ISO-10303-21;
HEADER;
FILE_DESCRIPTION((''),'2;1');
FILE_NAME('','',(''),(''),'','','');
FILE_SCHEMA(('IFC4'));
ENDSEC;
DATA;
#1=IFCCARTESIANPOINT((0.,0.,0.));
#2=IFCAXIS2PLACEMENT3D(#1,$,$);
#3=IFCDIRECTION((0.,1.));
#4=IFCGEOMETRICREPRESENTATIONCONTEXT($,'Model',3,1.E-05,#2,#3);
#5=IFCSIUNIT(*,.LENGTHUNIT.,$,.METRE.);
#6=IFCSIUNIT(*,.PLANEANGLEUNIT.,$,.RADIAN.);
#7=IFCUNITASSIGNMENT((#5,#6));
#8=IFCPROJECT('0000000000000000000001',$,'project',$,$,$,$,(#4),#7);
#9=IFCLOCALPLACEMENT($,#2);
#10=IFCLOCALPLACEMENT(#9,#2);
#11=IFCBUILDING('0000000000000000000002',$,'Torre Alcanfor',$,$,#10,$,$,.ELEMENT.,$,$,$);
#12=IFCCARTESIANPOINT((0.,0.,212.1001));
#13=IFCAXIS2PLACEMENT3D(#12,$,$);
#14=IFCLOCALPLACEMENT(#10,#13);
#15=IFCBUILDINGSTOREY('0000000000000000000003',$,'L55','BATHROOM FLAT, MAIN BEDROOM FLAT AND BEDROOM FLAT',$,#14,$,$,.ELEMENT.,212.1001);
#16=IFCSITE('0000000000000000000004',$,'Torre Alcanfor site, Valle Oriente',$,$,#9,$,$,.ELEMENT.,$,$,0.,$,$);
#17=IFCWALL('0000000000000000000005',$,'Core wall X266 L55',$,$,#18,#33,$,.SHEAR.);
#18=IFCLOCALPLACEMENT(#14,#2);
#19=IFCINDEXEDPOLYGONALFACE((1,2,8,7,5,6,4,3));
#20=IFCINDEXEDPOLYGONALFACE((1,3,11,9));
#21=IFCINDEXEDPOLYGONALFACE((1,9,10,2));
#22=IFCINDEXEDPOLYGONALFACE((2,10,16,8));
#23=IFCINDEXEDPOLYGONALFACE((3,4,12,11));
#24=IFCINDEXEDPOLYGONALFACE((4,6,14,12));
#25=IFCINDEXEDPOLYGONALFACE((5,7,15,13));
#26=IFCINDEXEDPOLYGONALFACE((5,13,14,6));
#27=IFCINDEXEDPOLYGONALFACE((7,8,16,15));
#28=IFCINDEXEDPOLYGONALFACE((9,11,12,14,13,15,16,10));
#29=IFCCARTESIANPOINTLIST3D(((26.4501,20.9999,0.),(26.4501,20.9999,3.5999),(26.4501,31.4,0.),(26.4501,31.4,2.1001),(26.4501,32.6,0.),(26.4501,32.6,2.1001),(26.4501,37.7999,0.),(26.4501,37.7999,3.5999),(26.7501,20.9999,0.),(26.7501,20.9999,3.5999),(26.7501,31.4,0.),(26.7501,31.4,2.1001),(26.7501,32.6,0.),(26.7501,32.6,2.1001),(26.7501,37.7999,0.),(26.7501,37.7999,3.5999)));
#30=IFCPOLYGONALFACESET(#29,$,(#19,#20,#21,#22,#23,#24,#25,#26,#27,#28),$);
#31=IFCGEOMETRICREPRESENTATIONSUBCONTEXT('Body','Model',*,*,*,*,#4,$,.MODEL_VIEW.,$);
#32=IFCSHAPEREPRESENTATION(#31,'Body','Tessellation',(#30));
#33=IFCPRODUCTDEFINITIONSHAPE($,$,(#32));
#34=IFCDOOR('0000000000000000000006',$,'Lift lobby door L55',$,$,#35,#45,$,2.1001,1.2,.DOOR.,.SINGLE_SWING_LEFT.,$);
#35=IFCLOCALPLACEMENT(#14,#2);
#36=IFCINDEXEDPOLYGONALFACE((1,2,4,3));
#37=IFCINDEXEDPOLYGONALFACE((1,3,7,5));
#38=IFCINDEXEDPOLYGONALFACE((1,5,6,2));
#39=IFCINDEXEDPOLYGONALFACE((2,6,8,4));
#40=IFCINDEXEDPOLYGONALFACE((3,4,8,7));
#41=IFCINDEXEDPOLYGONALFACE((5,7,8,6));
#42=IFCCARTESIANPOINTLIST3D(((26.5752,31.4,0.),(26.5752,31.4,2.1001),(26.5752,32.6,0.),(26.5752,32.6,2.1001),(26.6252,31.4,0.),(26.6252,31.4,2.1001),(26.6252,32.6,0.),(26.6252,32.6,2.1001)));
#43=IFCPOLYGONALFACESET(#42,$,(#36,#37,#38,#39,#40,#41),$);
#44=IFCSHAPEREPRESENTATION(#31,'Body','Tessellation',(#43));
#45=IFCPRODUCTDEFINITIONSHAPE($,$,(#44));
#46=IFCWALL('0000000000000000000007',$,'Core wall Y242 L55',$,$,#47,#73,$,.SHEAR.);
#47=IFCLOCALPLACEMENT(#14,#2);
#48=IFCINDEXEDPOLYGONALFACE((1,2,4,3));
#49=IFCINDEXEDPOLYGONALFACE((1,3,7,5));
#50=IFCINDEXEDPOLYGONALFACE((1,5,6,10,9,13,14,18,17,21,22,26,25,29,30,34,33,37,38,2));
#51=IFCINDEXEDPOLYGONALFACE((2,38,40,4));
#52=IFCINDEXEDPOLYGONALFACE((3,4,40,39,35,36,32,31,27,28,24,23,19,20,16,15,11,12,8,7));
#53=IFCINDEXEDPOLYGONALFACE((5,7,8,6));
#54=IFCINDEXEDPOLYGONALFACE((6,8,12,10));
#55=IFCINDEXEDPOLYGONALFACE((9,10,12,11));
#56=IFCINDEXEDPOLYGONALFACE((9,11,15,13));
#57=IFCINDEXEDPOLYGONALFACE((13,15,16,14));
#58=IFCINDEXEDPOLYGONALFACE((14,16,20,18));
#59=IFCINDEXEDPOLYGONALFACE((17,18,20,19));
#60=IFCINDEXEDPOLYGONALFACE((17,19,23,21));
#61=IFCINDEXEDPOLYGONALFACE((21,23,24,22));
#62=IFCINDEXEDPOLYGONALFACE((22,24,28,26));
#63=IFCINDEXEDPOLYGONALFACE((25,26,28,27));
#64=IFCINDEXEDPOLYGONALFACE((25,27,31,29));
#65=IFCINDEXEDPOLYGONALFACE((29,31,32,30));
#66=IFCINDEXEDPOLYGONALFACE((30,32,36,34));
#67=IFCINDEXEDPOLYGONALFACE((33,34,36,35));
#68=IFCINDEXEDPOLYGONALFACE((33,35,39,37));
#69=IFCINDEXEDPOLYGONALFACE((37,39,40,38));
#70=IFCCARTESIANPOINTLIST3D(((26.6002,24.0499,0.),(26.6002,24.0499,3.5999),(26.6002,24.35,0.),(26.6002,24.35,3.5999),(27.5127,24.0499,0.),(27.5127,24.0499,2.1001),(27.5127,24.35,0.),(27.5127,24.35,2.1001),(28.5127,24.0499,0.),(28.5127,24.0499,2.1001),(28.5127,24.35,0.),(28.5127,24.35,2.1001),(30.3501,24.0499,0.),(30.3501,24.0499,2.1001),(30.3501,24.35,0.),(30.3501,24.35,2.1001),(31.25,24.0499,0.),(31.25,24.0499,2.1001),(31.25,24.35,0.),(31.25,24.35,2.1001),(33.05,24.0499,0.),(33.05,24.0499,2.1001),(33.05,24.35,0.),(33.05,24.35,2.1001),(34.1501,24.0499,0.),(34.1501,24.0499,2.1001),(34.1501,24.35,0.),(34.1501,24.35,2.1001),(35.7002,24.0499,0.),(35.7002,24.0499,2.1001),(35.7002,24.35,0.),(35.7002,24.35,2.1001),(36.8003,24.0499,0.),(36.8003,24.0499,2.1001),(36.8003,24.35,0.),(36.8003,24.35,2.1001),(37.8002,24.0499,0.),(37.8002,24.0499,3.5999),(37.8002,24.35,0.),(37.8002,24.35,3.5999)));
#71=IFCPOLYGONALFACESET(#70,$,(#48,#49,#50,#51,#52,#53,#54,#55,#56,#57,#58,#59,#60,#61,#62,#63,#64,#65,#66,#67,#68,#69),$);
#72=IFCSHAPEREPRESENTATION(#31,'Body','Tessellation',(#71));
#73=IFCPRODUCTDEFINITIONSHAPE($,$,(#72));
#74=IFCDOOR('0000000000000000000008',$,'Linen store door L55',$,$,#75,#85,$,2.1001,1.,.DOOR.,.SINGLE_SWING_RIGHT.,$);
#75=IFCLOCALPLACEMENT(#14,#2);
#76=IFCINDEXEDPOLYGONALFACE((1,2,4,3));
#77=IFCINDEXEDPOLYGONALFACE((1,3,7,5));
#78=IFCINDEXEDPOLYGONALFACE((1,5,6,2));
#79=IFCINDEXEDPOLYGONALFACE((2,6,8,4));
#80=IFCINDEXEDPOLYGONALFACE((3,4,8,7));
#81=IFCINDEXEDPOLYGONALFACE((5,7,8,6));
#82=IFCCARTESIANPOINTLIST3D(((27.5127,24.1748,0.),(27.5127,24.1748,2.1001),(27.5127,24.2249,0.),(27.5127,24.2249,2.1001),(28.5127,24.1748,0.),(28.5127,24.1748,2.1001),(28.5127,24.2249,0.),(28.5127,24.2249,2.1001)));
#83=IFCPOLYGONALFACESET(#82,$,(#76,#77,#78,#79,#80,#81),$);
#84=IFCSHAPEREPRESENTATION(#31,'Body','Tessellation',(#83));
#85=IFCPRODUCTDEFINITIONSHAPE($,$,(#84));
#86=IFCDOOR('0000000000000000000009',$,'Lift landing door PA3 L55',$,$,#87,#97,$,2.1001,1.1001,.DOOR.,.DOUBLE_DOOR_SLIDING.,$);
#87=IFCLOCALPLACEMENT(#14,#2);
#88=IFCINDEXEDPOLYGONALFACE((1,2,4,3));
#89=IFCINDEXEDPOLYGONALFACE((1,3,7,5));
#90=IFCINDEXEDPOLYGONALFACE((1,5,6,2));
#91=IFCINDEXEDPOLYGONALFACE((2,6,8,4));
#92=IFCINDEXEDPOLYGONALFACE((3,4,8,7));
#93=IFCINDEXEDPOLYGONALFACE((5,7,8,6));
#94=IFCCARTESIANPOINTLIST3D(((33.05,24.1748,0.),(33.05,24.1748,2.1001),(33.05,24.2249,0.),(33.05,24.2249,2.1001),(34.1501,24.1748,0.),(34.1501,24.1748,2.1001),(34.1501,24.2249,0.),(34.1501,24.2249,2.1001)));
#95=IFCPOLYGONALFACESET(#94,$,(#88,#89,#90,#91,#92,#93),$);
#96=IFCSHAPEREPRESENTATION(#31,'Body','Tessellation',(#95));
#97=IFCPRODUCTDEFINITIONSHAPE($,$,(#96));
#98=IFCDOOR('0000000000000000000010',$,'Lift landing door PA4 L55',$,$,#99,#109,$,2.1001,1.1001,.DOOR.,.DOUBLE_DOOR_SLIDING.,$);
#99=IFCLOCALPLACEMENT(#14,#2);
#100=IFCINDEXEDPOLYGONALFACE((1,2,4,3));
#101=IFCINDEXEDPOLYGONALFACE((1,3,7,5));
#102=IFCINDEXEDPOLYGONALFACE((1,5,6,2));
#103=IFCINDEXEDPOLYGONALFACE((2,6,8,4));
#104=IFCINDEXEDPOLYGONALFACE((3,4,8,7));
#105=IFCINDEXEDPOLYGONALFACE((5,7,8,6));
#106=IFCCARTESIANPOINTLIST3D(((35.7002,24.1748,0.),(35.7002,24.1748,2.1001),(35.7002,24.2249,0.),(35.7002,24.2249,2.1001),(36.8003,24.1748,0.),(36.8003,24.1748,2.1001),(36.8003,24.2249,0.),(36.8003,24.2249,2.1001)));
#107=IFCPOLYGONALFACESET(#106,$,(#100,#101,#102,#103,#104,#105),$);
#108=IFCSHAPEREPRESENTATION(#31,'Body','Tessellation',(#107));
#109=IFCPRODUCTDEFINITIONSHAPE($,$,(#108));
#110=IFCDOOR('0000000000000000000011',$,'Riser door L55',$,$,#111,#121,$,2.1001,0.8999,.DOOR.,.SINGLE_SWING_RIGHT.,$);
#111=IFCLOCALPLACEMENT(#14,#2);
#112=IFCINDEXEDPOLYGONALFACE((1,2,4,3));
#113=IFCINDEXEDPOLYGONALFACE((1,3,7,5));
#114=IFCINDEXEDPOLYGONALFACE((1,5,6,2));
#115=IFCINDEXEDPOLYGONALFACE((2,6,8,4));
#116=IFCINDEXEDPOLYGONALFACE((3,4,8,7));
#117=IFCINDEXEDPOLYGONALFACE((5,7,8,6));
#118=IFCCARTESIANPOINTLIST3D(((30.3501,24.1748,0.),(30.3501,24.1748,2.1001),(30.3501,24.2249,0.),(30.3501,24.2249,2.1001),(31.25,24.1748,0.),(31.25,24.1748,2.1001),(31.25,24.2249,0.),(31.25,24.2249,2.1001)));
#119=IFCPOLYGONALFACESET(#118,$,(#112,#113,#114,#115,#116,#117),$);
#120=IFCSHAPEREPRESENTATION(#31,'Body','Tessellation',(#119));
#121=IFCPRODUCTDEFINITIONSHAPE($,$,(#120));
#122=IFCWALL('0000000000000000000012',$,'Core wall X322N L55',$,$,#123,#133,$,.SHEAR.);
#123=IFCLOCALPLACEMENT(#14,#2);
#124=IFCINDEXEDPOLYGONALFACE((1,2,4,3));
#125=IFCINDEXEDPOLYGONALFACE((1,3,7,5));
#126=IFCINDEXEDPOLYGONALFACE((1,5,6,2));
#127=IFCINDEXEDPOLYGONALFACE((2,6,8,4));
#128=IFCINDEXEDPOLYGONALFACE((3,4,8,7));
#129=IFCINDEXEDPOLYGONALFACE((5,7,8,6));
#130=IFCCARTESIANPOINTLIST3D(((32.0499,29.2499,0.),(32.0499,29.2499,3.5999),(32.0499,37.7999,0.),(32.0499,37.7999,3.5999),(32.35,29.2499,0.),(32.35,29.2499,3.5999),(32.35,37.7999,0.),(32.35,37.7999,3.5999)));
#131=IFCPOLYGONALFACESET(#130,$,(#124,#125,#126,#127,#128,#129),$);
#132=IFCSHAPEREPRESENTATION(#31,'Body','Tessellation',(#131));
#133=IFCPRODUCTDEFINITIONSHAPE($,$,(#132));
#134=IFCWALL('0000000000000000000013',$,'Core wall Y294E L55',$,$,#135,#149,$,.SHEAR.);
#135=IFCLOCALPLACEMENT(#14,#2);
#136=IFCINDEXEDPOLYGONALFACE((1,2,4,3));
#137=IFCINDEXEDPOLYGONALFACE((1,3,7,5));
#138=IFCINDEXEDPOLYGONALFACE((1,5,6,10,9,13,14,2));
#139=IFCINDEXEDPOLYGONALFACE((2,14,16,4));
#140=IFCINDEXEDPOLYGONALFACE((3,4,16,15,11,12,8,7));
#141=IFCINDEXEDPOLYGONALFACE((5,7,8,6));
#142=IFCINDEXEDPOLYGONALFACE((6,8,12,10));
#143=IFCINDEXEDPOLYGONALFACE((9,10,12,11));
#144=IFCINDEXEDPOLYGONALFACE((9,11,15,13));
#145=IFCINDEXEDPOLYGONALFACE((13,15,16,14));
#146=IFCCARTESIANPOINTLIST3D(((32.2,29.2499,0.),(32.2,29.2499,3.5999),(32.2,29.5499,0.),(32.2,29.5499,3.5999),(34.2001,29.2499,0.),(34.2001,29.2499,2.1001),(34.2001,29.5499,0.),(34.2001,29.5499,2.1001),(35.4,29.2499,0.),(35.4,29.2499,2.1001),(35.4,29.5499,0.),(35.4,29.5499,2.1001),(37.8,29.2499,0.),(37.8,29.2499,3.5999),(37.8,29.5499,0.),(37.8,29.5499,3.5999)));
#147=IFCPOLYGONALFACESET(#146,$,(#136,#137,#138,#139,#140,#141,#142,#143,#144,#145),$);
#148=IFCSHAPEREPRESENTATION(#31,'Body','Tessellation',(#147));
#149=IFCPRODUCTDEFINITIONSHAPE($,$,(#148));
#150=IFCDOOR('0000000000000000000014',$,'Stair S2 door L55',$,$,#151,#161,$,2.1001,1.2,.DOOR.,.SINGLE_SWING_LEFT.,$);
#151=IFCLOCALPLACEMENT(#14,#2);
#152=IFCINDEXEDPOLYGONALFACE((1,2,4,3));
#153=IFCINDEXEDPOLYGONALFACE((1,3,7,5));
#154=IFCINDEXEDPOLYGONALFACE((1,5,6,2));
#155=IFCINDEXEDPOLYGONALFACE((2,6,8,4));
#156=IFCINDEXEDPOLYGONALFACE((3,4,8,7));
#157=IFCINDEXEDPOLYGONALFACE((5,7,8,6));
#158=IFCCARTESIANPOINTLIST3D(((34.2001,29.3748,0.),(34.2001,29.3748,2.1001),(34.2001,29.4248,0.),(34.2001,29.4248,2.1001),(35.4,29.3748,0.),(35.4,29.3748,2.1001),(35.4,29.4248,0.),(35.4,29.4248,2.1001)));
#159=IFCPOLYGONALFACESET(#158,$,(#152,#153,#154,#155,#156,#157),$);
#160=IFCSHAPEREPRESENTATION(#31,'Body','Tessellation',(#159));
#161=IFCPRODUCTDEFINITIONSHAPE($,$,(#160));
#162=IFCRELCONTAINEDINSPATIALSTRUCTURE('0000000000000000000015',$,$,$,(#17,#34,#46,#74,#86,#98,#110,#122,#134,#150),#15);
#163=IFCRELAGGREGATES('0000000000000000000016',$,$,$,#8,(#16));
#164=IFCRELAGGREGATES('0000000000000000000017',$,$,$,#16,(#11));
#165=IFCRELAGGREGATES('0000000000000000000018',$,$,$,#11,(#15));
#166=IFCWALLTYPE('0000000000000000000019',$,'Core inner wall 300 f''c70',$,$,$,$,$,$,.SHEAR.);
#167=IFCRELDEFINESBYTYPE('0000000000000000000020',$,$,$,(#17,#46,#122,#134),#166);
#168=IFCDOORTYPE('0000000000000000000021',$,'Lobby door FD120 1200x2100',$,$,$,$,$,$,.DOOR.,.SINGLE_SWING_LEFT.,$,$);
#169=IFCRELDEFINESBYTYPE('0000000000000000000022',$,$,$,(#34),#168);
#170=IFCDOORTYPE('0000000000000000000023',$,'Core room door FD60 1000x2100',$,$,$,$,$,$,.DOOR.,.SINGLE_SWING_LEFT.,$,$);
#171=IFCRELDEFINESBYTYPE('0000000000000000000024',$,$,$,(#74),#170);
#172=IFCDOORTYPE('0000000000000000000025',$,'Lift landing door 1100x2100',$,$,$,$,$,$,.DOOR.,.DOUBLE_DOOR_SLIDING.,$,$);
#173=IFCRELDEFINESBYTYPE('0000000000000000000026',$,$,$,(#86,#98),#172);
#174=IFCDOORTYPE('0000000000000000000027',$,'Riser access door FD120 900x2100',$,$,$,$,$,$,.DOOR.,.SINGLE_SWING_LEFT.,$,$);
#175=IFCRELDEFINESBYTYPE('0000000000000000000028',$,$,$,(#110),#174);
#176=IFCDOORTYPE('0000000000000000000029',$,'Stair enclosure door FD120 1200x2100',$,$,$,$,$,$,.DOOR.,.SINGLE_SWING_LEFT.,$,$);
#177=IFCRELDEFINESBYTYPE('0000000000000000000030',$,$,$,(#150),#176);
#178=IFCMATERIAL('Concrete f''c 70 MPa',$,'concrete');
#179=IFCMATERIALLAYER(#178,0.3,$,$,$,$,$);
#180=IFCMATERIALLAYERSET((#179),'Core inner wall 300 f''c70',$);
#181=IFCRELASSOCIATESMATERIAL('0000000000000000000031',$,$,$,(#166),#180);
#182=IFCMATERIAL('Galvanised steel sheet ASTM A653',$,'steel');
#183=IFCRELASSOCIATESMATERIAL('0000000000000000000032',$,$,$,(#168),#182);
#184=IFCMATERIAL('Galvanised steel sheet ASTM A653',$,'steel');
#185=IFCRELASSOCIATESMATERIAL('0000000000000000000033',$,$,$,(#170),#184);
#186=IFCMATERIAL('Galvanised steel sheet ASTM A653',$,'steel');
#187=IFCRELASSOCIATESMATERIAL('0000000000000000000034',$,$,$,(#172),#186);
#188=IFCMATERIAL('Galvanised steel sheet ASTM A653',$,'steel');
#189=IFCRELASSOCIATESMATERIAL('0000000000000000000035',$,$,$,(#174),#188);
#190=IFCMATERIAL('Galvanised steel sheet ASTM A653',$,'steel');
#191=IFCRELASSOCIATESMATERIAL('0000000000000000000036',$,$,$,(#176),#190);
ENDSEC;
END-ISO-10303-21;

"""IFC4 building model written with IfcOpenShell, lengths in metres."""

from ifc_helpers import new_model, si_unit, direction, frame, frame_2d, origin, place, context, subcontext, project, spatial, rectangle, extrude, material, layer, layer_set, type_object, element, fill, save


model = new_model("IFC4")

# Units and contexts
model_context = context("Model", 3, precision=1e-05, world=origin(), true_north=direction((0.0, 1.0)))
body_context = subcontext(model_context, "Body", "Model", "MODEL_VIEW")
ifc_project = project(units=[si_unit("LENGTHUNIT", "METRE"), si_unit("PLANEANGLEUNIT", "RADIAN")], contexts=[model_context])

# Site, building, storey
site_placement = place(None, origin())
site = spatial("IfcSite", under=ifc_project, at=site_placement, Name="Torre Alcanfor site, Valle Oriente", CompositionType="ELEMENT", RefElevation=0.0)
building_placement = place(site_placement, origin())
building = spatial("IfcBuilding", under=site, at=building_placement, Name="Torre Alcanfor", CompositionType="ELEMENT")
storey_placement = place(building_placement, frame((0.0, 0.0, 212.1001)))
storey = spatial("IfcBuildingStorey", under=building, at=storey_placement, Name="L55", Description="BATHROOM FLAT, MAIN BEDROOM FLAT AND BEDROOM FLAT", CompositionType="ELEMENT", Elevation=212.1001)

# Wall, opening, door
ifc_material_1 = material(Name="Concrete f'c 70 MPa", Category="concrete")
ifc_layer_1 = layer(ifc_material_1, 0.3)
ifc_layer_set_1 = layer_set([ifc_layer_1], Name="Core inner wall 300 f'c70")
wall_type_1 = type_object("IfcWallType", Name="Core inner wall 300 f'c70", PredefinedType="SHEAR", material=ifc_layer_set_1)
wall_1_placement = place(storey_placement, frame((26.6001, 21.0, 0.0), z_axis=(0.0, 0.0, 1.0), x_axis=(0.0, 1.0, 0.0)))
wall_1 = element("IfcWall", 1, at=wall_1_placement, inside=storey, type_object=wall_type_1, Name="Core wall X266 L55", PredefinedType="SHEAR", context=body_context, shape_type="SweptSolid", body=[
    extrude(rectangle(XDim=16.8, YDim=0.3, at=frame_2d((8.3999, 0.0))), origin(), (0.0, 0.0, 1.0), 3.5999),
])
opening_1_placement = place(wall_1_placement, frame((10.3999, 0.0, 0.0)))
opening_1 = element("IfcOpeningElement", 2, at=opening_1_placement, cuts=wall_1, PredefinedType="OPENING", context=body_context, shape_type="SweptSolid", body=[
    extrude(rectangle(XDim=1.2, YDim=2.1001, at=frame_2d((0.6001, 1.05))), frame((0.0, 0.1599, 0.0), z_axis=(0.0, -1.0, 0.0), x_axis=(1.0, 0.0, 0.0)), (0.0, 0.0, 1.0), 0.3201),
])
ifc_material_2 = material(Name="Galvanised steel sheet ASTM A653", Category="steel")
door_type_1 = type_object("IfcDoorType", Name="Lobby door FD120 1200x2100", OperationType="SINGLE_SWING_LEFT", PredefinedType="DOOR", material=ifc_material_2)
door_1_placement = place(opening_1_placement, origin())
door_1 = element("IfcDoor", 3, at=door_1_placement, inside=storey, type_object=door_type_1, Name="Lift lobby door L55", OperationType="SINGLE_SWING_LEFT", OverallHeight=2.1001, OverallWidth=1.2, PredefinedType="DOOR", context=body_context, shape_type="SweptSolid", body=[
    extrude(rectangle(XDim=1.2, YDim=2.1001, at=frame_2d((0.6001, 1.05))), frame((0.0, 0.0249, 0.0), z_axis=(0.0, -1.0, 0.0), x_axis=(1.0, 0.0, 0.0)), (0.0, 0.0, 1.0), 0.05),
])
fill(opening_1, door_1)

# Wall, openings, doors
wall_2_placement = place(storey_placement, frame((26.6001, 24.2, 0.0), z_axis=(0.0, 0.0, 1.0), x_axis=(1.0, 0.0, 0.0)))
wall_2 = element("IfcWall", 4, at=wall_2_placement, inside=storey, type_object=wall_type_1, Name="Core wall Y242 L55", PredefinedType="SHEAR", context=body_context, shape_type="SweptSolid", body=[
    extrude(rectangle(XDim=11.2, YDim=0.3, at=frame_2d((5.6001, 0.0))), origin(), (0.0, 0.0, 1.0), 3.5999),
])
opening_2_placement = place(wall_2_placement, frame((0.9126, 0.0, 0.0)))
opening_2 = element("IfcOpeningElement", 5, at=opening_2_placement, cuts=wall_2, PredefinedType="OPENING", context=body_context, shape_type="SweptSolid", body=[
    extrude(rectangle(XDim=1.0, YDim=2.1001, at=frame_2d((0.5, 1.05))), frame((0.0, 0.1599, 0.0), z_axis=(0.0, -1.0, 0.0), x_axis=(1.0, 0.0, 0.0)), (0.0, 0.0, 1.0), 0.3201),
])
opening_3_placement = place(wall_2_placement, frame((3.75, 0.0, 0.0)))
opening_3 = element("IfcOpeningElement", 6, at=opening_3_placement, cuts=wall_2, PredefinedType="OPENING", context=body_context, shape_type="SweptSolid", body=[
    extrude(rectangle(XDim=0.8999, YDim=2.1001, at=frame_2d((0.45, 1.05))), frame((0.0, 0.1599, 0.0), z_axis=(0.0, -1.0, 0.0), x_axis=(1.0, 0.0, 0.0)), (0.0, 0.0, 1.0), 0.3201),
])
opening_4_placement = place(wall_2_placement, frame((6.45, 0.0, 0.0)))
opening_4 = element("IfcOpeningElement", 7, at=opening_4_placement, cuts=wall_2, PredefinedType="OPENING", context=body_context, shape_type="SweptSolid", body=[
    extrude(rectangle(XDim=1.1001, YDim=2.1001, at=frame_2d((0.55, 1.05))), frame((0.0, 0.1599, 0.0), z_axis=(0.0, -1.0, 0.0), x_axis=(1.0, 0.0, 0.0)), (0.0, 0.0, 1.0), 0.3201),
])
opening_5_placement = place(wall_2_placement, frame((9.1001, 0.0, 0.0)))
opening_5 = element("IfcOpeningElement", 8, at=opening_5_placement, cuts=wall_2, PredefinedType="OPENING", context=body_context, shape_type="SweptSolid", body=[
    extrude(rectangle(XDim=1.1001, YDim=2.1001, at=frame_2d((0.55, 1.05))), frame((0.0, 0.1599, 0.0), z_axis=(0.0, -1.0, 0.0), x_axis=(1.0, 0.0, 0.0)), (0.0, 0.0, 1.0), 0.3201),
])
ifc_material_3 = material(Name="Galvanised steel sheet ASTM A653", Category="steel")
door_type_2 = type_object("IfcDoorType", Name="Core room door FD60 1000x2100", OperationType="SINGLE_SWING_LEFT", PredefinedType="DOOR", material=ifc_material_3)
door_2_placement = place(opening_2_placement, frame((1.0, 0.0, 0.0), z_axis=(0.0, 0.0, 1.0), x_axis=(-1.0, 0.0, 0.0)))
door_2 = element("IfcDoor", 9, at=door_2_placement, inside=storey, type_object=door_type_2, Name="Linen store door L55", OperationType="SINGLE_SWING_RIGHT", OverallHeight=2.1001, OverallWidth=1.0, PredefinedType="DOOR", context=body_context, shape_type="SweptSolid", body=[
    extrude(rectangle(XDim=1.0, YDim=2.1001, at=frame_2d((0.5, 1.05))), frame((0.0, 0.0251, 0.0), z_axis=(0.0, -1.0, 0.0), x_axis=(1.0, 0.0, 0.0)), (0.0, 0.0, 1.0), 0.05),
])
fill(opening_2, door_2)
ifc_material_4 = material(Name="Galvanised steel sheet ASTM A653", Category="steel")
door_type_3 = type_object("IfcDoorType", Name="Lift landing door 1100x2100", OperationType="DOUBLE_DOOR_SLIDING", PredefinedType="DOOR", material=ifc_material_4)
door_3_placement = place(opening_4_placement, origin())
door_3 = element("IfcDoor", 10, at=door_3_placement, inside=storey, type_object=door_type_3, Name="Lift landing door PA3 L55", OperationType="DOUBLE_DOOR_SLIDING", OverallHeight=2.1001, OverallWidth=1.1001, PredefinedType="DOOR", context=body_context, shape_type="SweptSolid", body=[
    extrude(rectangle(XDim=1.1001, YDim=2.1001, at=frame_2d((0.55, 1.05))), frame((0.0, 0.0249, 0.0), z_axis=(0.0, -1.0, 0.0), x_axis=(1.0, 0.0, 0.0)), (0.0, 0.0, 1.0), 0.05),
])
fill(opening_4, door_3)
door_4_placement = place(opening_5_placement, origin())
door_4 = element("IfcDoor", 11, at=door_4_placement, inside=storey, type_object=door_type_3, Name="Lift landing door PA4 L55", OperationType="DOUBLE_DOOR_SLIDING", OverallHeight=2.1001, OverallWidth=1.1001, PredefinedType="DOOR", context=body_context, shape_type="SweptSolid", body=[
    extrude(rectangle(XDim=1.1001, YDim=2.1001, at=frame_2d((0.55, 1.05))), frame((0.0, 0.0249, 0.0), z_axis=(0.0, -1.0, 0.0), x_axis=(1.0, 0.0, 0.0)), (0.0, 0.0, 1.0), 0.05),
])
fill(opening_5, door_4)
ifc_material_5 = material(Name="Galvanised steel sheet ASTM A653", Category="steel")
door_type_4 = type_object("IfcDoorType", Name="Riser access door FD120 900x2100", OperationType="SINGLE_SWING_LEFT", PredefinedType="DOOR", material=ifc_material_5)
door_5_placement = place(opening_3_placement, frame((0.8999, 0.0, 0.0), z_axis=(0.0, 0.0, 1.0), x_axis=(-1.0, 0.0, 0.0)))
door_5 = element("IfcDoor", 12, at=door_5_placement, inside=storey, type_object=door_type_4, Name="Riser door L55", OperationType="SINGLE_SWING_RIGHT", OverallHeight=2.1001, OverallWidth=0.8999, PredefinedType="DOOR", context=body_context, shape_type="SweptSolid", body=[
    extrude(rectangle(XDim=0.8999, YDim=2.1001, at=frame_2d((0.45, 1.05))), frame((0.0, 0.0251, 0.0), z_axis=(0.0, -1.0, 0.0), x_axis=(1.0, 0.0, 0.0)), (0.0, 0.0, 1.0), 0.05),
])
fill(opening_3, door_5)

# Wall
wall_3_placement = place(storey_placement, frame((32.2, 29.25, 0.0), z_axis=(0.0, 0.0, 1.0), x_axis=(0.0, 1.0, 0.0)))
element("IfcWall", 13, at=wall_3_placement, inside=storey, type_object=wall_type_1, Name="Core wall X322N L55", PredefinedType="SHEAR", context=body_context, shape_type="SweptSolid", body=[
    extrude(rectangle(XDim=8.55, YDim=0.3, at=frame_2d((4.2749, 0.0))), origin(), (0.0, 0.0, 1.0), 3.5999),
])

# Wall, opening, door
wall_4_placement = place(storey_placement, frame((32.2, 29.3999, 0.0), z_axis=(0.0, 0.0, 1.0), x_axis=(1.0, 0.0, 0.0)))
wall_4 = element("IfcWall", 14, at=wall_4_placement, inside=storey, type_object=wall_type_1, Name="Core wall Y294E L55", PredefinedType="SHEAR", context=body_context, shape_type="SweptSolid", body=[
    extrude(rectangle(XDim=5.6001, YDim=0.3, at=frame_2d((2.8, 0.0))), origin(), (0.0, 0.0, 1.0), 3.5999),
])
opening_6_placement = place(wall_4_placement, frame((2.0, 0.0, 0.0)))
opening_6 = element("IfcOpeningElement", 15, at=opening_6_placement, cuts=wall_4, PredefinedType="OPENING", context=body_context, shape_type="SweptSolid", body=[
    extrude(rectangle(XDim=1.2, YDim=2.1001, at=frame_2d((0.6001, 1.05))), frame((0.0, 0.1599, 0.0), z_axis=(0.0, -1.0, 0.0), x_axis=(1.0, 0.0, 0.0)), (0.0, 0.0, 1.0), 0.3201),
])
ifc_material_6 = material(Name="Galvanised steel sheet ASTM A653", Category="steel")
door_type_5 = type_object("IfcDoorType", Name="Stair enclosure door FD120 1200x2100", OperationType="SINGLE_SWING_LEFT", PredefinedType="DOOR", material=ifc_material_6)
door_6_placement = place(opening_6_placement, origin())
door_6 = element("IfcDoor", 16, at=door_6_placement, inside=storey, type_object=door_type_5, Name="Stair S2 door L55", OperationType="SINGLE_SWING_LEFT", OverallHeight=2.1001, OverallWidth=1.2, PredefinedType="DOOR", context=body_context, shape_type="SweptSolid", body=[
    extrude(rectangle(XDim=1.2, YDim=2.1001, at=frame_2d((0.6001, 1.05))), frame((0.0, 0.0249, 0.0), z_axis=(0.0, -1.0, 0.0), x_axis=(1.0, 0.0, 0.0)), (0.0, 0.0, 1.0), 0.05),
])
fill(opening_6, door_6)

save(model, "model.ifc")
